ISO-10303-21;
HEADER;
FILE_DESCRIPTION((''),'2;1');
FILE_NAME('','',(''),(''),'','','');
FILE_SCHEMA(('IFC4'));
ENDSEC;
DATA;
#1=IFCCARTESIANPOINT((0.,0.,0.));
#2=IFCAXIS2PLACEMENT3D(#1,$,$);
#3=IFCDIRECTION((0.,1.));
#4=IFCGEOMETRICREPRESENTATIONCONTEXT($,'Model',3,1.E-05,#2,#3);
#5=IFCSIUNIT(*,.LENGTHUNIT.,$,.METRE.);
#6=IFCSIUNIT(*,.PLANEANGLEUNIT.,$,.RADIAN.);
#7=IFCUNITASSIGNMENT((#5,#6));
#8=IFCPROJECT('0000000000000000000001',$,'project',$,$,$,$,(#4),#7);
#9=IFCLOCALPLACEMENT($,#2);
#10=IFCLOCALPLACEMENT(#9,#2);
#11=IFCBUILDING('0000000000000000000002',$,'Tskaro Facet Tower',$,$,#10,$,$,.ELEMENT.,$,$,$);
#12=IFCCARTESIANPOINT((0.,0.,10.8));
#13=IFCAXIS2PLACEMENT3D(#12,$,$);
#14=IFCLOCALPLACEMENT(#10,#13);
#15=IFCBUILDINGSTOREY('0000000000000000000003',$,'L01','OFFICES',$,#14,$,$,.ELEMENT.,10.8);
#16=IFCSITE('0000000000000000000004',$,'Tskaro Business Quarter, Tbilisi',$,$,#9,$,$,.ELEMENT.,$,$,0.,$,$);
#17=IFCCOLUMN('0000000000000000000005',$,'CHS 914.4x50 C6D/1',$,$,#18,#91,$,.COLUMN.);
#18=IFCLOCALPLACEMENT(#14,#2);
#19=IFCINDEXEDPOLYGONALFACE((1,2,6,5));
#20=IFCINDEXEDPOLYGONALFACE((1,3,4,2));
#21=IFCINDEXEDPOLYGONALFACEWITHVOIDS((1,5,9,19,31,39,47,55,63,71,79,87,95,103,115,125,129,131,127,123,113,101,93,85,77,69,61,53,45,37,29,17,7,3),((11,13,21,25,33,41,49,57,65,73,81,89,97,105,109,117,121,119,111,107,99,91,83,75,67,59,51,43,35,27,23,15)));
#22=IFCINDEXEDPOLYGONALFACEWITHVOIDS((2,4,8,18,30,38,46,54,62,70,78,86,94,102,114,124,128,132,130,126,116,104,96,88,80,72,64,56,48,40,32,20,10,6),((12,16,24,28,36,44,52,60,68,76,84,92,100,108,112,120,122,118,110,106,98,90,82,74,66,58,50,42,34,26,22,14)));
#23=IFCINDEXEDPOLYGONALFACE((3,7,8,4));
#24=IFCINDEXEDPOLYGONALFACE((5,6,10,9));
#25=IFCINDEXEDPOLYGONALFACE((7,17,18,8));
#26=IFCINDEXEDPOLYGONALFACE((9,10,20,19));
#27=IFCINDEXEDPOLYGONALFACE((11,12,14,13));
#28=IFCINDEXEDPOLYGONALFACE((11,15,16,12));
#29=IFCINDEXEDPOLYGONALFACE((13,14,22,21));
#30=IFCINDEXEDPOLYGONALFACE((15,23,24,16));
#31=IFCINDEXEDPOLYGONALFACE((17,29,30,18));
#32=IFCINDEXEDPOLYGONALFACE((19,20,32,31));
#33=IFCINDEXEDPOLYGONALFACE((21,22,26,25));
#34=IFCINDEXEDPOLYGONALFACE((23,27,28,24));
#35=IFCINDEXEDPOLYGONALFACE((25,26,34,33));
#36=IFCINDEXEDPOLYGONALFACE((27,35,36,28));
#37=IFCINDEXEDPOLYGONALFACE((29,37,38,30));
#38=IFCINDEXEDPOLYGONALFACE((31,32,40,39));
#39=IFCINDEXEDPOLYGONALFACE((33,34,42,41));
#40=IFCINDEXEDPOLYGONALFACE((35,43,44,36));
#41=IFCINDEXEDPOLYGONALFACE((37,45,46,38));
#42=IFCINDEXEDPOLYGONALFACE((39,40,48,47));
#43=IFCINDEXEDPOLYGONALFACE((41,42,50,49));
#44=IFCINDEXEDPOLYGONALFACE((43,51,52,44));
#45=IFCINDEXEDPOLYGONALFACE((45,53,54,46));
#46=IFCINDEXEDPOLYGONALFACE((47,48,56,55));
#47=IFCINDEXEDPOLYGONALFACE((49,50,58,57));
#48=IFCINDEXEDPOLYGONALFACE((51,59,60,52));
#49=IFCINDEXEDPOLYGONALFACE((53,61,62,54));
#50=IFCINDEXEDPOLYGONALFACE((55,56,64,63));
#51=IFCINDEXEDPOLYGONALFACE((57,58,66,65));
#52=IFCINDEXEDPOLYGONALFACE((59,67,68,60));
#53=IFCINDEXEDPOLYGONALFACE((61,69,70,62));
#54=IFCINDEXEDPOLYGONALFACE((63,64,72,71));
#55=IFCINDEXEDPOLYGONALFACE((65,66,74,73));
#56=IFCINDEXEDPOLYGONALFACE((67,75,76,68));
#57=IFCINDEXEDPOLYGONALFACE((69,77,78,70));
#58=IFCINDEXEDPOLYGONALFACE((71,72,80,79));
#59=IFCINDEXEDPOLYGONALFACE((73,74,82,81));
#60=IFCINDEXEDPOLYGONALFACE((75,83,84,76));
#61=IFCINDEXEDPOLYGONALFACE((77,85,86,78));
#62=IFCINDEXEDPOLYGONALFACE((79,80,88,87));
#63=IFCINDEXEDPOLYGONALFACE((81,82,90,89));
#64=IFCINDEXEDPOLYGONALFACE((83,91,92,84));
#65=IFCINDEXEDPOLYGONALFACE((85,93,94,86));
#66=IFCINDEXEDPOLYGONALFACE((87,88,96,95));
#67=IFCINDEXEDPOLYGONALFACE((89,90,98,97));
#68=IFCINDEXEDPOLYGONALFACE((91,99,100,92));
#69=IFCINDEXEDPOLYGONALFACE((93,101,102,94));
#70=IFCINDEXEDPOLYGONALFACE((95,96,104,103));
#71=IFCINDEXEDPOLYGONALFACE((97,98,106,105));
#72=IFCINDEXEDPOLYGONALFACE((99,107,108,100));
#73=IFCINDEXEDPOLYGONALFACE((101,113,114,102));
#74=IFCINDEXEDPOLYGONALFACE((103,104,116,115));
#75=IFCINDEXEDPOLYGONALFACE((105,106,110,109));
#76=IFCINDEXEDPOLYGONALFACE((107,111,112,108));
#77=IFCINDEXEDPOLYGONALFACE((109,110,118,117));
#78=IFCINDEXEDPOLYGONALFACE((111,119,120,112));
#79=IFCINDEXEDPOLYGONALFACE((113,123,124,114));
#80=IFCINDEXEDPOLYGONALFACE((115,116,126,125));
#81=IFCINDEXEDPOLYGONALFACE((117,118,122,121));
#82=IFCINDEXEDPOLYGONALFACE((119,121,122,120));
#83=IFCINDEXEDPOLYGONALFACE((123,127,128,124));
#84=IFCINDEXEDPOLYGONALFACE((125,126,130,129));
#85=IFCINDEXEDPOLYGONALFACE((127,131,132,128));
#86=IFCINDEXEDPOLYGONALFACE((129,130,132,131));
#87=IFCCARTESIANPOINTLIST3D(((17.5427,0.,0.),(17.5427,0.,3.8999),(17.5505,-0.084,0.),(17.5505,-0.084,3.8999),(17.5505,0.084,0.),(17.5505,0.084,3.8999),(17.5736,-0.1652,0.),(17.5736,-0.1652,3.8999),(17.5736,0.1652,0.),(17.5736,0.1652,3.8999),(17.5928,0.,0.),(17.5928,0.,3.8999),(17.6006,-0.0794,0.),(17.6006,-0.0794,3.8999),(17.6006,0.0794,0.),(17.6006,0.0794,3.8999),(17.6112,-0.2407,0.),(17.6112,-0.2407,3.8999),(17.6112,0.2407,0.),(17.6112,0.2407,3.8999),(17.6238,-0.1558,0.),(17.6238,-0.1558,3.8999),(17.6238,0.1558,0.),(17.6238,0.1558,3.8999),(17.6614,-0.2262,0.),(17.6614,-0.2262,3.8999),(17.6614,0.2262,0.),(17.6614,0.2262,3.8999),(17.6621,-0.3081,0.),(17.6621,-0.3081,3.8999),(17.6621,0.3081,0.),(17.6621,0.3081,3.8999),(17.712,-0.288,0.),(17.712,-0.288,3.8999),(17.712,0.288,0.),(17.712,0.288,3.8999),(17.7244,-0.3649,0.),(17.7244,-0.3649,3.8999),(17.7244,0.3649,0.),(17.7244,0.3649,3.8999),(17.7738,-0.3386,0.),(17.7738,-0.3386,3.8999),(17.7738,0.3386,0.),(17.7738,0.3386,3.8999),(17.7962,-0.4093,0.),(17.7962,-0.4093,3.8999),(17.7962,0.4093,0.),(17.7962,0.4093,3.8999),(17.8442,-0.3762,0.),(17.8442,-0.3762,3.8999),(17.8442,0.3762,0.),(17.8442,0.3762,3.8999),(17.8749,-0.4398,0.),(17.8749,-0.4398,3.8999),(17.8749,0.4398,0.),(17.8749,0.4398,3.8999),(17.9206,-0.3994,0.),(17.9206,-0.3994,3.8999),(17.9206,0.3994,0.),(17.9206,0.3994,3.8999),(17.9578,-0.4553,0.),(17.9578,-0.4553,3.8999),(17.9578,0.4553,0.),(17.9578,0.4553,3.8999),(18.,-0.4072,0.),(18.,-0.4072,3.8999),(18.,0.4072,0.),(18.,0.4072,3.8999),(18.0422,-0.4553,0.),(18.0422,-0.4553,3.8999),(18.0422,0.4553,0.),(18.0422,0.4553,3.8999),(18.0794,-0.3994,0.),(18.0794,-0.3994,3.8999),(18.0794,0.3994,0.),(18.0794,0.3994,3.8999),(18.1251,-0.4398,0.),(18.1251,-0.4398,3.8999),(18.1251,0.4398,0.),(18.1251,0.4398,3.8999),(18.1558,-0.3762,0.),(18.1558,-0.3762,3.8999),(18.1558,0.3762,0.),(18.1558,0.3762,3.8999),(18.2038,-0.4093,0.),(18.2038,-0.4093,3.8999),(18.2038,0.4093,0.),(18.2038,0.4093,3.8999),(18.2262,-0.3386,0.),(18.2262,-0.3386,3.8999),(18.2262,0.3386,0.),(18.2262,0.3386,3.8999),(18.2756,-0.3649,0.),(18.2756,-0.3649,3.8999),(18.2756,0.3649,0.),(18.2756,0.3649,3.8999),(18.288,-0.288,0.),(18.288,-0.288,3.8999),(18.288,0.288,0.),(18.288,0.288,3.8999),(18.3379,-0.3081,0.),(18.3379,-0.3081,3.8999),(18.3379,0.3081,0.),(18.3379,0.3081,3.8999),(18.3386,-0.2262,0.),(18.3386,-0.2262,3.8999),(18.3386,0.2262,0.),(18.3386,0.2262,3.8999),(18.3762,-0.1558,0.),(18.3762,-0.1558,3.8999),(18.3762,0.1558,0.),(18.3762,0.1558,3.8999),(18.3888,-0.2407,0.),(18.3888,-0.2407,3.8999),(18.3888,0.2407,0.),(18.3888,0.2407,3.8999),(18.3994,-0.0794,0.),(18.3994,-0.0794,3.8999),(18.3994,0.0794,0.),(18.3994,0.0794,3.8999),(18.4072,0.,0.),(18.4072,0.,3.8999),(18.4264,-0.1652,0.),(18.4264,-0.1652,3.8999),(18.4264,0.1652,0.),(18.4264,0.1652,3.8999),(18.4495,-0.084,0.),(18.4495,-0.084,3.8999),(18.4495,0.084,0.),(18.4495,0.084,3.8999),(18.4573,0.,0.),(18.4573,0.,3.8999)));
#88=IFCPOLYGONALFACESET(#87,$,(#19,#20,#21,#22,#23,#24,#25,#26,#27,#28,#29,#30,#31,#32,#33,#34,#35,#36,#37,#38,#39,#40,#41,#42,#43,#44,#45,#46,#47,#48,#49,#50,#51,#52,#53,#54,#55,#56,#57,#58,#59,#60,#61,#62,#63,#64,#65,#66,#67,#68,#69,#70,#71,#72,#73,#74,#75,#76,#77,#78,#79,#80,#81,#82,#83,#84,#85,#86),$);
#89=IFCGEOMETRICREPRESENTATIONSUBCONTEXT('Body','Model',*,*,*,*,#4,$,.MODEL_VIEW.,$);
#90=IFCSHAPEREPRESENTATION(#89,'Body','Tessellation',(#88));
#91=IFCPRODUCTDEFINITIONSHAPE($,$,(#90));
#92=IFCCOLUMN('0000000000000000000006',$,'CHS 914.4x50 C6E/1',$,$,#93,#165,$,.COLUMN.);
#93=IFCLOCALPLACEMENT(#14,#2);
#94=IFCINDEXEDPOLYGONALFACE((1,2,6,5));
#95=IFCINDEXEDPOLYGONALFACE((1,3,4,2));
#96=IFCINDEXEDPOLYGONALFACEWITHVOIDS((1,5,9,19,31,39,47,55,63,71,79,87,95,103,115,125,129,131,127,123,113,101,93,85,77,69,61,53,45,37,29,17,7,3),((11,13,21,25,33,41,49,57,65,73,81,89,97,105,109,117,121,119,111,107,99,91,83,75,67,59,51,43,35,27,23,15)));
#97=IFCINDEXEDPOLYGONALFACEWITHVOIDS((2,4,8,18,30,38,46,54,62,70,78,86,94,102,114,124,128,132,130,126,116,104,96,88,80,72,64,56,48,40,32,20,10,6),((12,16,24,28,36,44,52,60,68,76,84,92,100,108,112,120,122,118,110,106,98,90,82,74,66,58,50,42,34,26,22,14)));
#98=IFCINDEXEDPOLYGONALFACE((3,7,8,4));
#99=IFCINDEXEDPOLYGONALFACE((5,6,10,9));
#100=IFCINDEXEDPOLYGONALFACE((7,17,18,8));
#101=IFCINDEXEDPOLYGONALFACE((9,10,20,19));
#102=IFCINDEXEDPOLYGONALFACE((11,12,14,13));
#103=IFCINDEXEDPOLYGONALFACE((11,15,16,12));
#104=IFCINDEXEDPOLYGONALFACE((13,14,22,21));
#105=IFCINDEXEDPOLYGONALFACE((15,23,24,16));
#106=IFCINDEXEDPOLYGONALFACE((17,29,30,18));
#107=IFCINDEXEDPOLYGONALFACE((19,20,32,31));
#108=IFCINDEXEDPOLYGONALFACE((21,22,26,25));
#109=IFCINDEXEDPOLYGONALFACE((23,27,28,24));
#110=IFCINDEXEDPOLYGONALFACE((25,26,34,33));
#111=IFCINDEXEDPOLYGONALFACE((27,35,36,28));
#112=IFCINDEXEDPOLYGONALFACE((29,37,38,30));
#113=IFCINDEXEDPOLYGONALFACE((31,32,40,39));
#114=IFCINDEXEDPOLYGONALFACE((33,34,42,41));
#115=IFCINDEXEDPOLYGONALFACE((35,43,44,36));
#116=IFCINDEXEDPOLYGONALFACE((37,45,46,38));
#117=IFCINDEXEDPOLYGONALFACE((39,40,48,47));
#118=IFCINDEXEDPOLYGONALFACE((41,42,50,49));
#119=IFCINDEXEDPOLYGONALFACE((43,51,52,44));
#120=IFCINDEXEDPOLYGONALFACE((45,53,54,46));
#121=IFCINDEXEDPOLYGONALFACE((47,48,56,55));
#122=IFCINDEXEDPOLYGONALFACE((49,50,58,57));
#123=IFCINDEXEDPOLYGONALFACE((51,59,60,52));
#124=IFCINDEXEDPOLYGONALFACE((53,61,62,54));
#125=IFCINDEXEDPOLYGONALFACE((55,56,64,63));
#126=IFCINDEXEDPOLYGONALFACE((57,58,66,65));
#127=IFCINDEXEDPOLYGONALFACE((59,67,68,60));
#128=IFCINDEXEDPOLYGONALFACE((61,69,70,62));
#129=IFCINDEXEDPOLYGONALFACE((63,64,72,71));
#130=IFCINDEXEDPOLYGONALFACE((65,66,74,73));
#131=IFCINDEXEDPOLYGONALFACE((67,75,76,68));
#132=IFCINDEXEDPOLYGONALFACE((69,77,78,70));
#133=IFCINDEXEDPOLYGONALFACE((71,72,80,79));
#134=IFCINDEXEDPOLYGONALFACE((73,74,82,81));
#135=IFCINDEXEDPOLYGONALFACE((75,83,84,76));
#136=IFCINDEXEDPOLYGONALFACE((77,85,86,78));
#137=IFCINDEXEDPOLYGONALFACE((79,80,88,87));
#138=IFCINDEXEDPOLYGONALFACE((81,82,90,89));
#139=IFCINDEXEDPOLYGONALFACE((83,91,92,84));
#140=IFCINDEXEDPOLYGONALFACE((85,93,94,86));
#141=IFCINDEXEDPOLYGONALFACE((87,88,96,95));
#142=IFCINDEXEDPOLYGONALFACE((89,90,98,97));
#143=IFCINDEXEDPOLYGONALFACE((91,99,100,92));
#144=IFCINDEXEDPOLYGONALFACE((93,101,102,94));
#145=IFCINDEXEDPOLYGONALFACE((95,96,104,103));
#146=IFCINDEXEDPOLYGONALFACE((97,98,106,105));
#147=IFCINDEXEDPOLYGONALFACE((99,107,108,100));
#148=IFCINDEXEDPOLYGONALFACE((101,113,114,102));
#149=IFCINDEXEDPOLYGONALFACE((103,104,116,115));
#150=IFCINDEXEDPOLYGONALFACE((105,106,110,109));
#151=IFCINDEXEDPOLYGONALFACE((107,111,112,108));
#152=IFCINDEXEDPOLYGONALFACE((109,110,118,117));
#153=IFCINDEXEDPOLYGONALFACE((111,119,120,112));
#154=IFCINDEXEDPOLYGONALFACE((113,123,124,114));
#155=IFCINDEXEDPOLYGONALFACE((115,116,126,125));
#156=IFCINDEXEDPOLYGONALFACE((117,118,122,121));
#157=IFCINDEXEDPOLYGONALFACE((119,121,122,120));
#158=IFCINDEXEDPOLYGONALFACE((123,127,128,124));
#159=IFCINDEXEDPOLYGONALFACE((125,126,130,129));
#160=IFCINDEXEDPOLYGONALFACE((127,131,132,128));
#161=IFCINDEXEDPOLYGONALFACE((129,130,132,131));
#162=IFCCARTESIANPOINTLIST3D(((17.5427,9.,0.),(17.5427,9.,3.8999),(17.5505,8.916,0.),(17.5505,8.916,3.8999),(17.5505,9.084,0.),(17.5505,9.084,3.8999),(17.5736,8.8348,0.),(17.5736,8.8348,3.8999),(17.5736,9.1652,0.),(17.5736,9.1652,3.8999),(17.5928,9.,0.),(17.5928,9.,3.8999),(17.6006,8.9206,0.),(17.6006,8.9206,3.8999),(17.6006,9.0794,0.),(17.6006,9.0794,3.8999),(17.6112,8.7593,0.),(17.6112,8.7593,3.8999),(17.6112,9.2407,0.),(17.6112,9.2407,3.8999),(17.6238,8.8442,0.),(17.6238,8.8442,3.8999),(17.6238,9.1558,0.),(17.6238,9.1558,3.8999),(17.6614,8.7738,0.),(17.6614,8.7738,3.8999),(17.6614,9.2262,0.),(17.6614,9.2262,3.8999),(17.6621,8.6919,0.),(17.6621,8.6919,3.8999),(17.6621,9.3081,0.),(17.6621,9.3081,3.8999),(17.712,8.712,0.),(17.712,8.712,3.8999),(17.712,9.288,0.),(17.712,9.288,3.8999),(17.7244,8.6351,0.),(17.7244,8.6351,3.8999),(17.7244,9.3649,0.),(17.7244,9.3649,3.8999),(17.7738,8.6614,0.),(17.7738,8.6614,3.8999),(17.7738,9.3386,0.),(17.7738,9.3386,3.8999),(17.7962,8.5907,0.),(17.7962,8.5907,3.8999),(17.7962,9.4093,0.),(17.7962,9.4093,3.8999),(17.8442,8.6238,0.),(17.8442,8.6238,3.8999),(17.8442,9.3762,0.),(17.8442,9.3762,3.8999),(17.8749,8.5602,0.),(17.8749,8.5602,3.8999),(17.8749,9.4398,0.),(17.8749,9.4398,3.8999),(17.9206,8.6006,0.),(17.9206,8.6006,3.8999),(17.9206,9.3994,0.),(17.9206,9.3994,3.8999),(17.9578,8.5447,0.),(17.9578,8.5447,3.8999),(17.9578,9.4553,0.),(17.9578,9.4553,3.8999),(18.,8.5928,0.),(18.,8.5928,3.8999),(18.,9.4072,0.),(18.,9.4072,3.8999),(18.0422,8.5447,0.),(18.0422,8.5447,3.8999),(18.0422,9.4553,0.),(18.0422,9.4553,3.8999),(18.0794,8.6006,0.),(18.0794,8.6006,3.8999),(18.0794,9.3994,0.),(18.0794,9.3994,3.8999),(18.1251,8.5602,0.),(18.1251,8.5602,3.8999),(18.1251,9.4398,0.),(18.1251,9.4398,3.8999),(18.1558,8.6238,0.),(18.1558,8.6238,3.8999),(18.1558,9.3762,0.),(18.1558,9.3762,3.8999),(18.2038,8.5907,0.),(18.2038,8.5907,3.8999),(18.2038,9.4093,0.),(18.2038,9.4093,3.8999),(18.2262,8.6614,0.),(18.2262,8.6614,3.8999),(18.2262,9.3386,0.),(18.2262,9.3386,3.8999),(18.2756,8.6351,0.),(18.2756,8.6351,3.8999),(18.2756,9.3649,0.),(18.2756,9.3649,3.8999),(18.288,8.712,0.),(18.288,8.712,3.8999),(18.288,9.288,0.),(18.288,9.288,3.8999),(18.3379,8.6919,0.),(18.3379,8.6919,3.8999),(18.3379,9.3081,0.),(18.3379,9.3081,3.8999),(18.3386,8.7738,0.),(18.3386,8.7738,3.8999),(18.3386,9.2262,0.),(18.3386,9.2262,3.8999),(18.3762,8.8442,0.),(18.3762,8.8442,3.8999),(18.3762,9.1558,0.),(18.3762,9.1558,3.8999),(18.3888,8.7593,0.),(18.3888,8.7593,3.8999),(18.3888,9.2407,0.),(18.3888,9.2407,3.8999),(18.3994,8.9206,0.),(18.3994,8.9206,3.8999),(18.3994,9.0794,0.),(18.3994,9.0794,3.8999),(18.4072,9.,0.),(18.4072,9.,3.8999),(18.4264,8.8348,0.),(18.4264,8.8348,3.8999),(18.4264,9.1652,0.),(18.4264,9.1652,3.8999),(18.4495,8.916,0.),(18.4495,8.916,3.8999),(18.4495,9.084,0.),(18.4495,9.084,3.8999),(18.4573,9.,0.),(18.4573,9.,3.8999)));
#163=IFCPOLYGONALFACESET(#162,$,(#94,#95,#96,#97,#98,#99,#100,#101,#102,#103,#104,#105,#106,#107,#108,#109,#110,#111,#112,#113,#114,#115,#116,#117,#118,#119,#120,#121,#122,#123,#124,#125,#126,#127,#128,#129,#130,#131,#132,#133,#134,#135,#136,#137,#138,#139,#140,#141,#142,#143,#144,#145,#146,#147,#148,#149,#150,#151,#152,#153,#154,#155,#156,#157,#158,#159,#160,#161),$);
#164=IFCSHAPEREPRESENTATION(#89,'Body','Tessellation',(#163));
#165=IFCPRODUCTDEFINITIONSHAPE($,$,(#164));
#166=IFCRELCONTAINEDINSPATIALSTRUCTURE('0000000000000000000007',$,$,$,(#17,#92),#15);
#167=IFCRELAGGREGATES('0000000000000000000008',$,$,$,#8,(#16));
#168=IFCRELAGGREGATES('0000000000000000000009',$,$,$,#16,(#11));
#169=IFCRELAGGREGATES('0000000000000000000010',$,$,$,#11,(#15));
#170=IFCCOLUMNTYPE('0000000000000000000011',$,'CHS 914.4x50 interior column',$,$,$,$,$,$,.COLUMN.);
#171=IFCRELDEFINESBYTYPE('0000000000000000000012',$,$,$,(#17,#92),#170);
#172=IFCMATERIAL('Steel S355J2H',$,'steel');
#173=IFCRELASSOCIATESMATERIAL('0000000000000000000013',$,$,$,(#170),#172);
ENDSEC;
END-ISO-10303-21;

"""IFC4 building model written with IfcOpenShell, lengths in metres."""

from ifc_helpers import new_model, si_unit, direction, frame, origin, origin_2d, place, context, subcontext, project, spatial, hollow_circle, extrude, material, material_profile, profile_set, type_object, element, save


model = new_model("IFC4")

# Units and contexts
model_context = context("Model", 3, precision=1e-05, world=origin(), true_north=direction((0.0, 1.0)))
body_context = subcontext(model_context, "Body", "Model", "MODEL_VIEW")
ifc_project = project(units=[si_unit("LENGTHUNIT", "METRE"), si_unit("PLANEANGLEUNIT", "RADIAN")], contexts=[model_context])

# Site, building, storey
site_placement = place(None, origin())
site = spatial("IfcSite", under=ifc_project, at=site_placement, Name="Tskaro Business Quarter, Tbilisi", CompositionType="ELEMENT", RefElevation=0.0)
building_placement = place(site_placement, origin())
building = spatial("IfcBuilding", under=site, at=building_placement, Name="Tskaro Facet Tower", CompositionType="ELEMENT")
storey_placement = place(building_placement, frame((0.0, 0.0, 10.8)))
storey = spatial("IfcBuildingStorey", under=building, at=storey_placement, Name="L01", Description="OFFICES", CompositionType="ELEMENT", Elevation=10.8)

# Columns
ifc_material_1 = material(Name="Steel S355J2H", Category="steel")
ifc_material_profile_1 = material_profile(ifc_material_1, hollow_circle(Radius=0.4573, WallThickness=0.05, at=origin_2d()), Name="CHS 914.4x50")
ifc_profile_set_1 = profile_set([ifc_material_profile_1], Name="Steel S355J2H")
column_type_1 = type_object("IfcColumnType", Name="CHS 914.4x50 interior column", PredefinedType="COLUMN", material=ifc_profile_set_1)
for number, where, z_axis, x_axis, name in (
    (1, (18.0, 0.0, 0.0), (0.0, 0.0, 1.0), (1.0, 0.0, 0.0), "CHS 914.4x50 C6D/1"),
    (2, (18.0, 9.0, 0.0), (0.0, 0.0, 1.0), (1.0, 0.0, 0.0), "CHS 914.4x50 C6E/1"),
):
    element("IfcColumn", number, at=place(storey_placement, frame(where, z_axis=z_axis, x_axis=x_axis)), inside=storey, type_object=column_type_1, Name=name, PredefinedType="COLUMN", context=body_context, shape_type="SweptSolid", body=[
        extrude(hollow_circle(Radius=0.4573, WallThickness=0.05, at=origin_2d()), origin(), (0.0, 0.0, 1.0), 3.8999),
    ])

save(model, "model.ifc")
